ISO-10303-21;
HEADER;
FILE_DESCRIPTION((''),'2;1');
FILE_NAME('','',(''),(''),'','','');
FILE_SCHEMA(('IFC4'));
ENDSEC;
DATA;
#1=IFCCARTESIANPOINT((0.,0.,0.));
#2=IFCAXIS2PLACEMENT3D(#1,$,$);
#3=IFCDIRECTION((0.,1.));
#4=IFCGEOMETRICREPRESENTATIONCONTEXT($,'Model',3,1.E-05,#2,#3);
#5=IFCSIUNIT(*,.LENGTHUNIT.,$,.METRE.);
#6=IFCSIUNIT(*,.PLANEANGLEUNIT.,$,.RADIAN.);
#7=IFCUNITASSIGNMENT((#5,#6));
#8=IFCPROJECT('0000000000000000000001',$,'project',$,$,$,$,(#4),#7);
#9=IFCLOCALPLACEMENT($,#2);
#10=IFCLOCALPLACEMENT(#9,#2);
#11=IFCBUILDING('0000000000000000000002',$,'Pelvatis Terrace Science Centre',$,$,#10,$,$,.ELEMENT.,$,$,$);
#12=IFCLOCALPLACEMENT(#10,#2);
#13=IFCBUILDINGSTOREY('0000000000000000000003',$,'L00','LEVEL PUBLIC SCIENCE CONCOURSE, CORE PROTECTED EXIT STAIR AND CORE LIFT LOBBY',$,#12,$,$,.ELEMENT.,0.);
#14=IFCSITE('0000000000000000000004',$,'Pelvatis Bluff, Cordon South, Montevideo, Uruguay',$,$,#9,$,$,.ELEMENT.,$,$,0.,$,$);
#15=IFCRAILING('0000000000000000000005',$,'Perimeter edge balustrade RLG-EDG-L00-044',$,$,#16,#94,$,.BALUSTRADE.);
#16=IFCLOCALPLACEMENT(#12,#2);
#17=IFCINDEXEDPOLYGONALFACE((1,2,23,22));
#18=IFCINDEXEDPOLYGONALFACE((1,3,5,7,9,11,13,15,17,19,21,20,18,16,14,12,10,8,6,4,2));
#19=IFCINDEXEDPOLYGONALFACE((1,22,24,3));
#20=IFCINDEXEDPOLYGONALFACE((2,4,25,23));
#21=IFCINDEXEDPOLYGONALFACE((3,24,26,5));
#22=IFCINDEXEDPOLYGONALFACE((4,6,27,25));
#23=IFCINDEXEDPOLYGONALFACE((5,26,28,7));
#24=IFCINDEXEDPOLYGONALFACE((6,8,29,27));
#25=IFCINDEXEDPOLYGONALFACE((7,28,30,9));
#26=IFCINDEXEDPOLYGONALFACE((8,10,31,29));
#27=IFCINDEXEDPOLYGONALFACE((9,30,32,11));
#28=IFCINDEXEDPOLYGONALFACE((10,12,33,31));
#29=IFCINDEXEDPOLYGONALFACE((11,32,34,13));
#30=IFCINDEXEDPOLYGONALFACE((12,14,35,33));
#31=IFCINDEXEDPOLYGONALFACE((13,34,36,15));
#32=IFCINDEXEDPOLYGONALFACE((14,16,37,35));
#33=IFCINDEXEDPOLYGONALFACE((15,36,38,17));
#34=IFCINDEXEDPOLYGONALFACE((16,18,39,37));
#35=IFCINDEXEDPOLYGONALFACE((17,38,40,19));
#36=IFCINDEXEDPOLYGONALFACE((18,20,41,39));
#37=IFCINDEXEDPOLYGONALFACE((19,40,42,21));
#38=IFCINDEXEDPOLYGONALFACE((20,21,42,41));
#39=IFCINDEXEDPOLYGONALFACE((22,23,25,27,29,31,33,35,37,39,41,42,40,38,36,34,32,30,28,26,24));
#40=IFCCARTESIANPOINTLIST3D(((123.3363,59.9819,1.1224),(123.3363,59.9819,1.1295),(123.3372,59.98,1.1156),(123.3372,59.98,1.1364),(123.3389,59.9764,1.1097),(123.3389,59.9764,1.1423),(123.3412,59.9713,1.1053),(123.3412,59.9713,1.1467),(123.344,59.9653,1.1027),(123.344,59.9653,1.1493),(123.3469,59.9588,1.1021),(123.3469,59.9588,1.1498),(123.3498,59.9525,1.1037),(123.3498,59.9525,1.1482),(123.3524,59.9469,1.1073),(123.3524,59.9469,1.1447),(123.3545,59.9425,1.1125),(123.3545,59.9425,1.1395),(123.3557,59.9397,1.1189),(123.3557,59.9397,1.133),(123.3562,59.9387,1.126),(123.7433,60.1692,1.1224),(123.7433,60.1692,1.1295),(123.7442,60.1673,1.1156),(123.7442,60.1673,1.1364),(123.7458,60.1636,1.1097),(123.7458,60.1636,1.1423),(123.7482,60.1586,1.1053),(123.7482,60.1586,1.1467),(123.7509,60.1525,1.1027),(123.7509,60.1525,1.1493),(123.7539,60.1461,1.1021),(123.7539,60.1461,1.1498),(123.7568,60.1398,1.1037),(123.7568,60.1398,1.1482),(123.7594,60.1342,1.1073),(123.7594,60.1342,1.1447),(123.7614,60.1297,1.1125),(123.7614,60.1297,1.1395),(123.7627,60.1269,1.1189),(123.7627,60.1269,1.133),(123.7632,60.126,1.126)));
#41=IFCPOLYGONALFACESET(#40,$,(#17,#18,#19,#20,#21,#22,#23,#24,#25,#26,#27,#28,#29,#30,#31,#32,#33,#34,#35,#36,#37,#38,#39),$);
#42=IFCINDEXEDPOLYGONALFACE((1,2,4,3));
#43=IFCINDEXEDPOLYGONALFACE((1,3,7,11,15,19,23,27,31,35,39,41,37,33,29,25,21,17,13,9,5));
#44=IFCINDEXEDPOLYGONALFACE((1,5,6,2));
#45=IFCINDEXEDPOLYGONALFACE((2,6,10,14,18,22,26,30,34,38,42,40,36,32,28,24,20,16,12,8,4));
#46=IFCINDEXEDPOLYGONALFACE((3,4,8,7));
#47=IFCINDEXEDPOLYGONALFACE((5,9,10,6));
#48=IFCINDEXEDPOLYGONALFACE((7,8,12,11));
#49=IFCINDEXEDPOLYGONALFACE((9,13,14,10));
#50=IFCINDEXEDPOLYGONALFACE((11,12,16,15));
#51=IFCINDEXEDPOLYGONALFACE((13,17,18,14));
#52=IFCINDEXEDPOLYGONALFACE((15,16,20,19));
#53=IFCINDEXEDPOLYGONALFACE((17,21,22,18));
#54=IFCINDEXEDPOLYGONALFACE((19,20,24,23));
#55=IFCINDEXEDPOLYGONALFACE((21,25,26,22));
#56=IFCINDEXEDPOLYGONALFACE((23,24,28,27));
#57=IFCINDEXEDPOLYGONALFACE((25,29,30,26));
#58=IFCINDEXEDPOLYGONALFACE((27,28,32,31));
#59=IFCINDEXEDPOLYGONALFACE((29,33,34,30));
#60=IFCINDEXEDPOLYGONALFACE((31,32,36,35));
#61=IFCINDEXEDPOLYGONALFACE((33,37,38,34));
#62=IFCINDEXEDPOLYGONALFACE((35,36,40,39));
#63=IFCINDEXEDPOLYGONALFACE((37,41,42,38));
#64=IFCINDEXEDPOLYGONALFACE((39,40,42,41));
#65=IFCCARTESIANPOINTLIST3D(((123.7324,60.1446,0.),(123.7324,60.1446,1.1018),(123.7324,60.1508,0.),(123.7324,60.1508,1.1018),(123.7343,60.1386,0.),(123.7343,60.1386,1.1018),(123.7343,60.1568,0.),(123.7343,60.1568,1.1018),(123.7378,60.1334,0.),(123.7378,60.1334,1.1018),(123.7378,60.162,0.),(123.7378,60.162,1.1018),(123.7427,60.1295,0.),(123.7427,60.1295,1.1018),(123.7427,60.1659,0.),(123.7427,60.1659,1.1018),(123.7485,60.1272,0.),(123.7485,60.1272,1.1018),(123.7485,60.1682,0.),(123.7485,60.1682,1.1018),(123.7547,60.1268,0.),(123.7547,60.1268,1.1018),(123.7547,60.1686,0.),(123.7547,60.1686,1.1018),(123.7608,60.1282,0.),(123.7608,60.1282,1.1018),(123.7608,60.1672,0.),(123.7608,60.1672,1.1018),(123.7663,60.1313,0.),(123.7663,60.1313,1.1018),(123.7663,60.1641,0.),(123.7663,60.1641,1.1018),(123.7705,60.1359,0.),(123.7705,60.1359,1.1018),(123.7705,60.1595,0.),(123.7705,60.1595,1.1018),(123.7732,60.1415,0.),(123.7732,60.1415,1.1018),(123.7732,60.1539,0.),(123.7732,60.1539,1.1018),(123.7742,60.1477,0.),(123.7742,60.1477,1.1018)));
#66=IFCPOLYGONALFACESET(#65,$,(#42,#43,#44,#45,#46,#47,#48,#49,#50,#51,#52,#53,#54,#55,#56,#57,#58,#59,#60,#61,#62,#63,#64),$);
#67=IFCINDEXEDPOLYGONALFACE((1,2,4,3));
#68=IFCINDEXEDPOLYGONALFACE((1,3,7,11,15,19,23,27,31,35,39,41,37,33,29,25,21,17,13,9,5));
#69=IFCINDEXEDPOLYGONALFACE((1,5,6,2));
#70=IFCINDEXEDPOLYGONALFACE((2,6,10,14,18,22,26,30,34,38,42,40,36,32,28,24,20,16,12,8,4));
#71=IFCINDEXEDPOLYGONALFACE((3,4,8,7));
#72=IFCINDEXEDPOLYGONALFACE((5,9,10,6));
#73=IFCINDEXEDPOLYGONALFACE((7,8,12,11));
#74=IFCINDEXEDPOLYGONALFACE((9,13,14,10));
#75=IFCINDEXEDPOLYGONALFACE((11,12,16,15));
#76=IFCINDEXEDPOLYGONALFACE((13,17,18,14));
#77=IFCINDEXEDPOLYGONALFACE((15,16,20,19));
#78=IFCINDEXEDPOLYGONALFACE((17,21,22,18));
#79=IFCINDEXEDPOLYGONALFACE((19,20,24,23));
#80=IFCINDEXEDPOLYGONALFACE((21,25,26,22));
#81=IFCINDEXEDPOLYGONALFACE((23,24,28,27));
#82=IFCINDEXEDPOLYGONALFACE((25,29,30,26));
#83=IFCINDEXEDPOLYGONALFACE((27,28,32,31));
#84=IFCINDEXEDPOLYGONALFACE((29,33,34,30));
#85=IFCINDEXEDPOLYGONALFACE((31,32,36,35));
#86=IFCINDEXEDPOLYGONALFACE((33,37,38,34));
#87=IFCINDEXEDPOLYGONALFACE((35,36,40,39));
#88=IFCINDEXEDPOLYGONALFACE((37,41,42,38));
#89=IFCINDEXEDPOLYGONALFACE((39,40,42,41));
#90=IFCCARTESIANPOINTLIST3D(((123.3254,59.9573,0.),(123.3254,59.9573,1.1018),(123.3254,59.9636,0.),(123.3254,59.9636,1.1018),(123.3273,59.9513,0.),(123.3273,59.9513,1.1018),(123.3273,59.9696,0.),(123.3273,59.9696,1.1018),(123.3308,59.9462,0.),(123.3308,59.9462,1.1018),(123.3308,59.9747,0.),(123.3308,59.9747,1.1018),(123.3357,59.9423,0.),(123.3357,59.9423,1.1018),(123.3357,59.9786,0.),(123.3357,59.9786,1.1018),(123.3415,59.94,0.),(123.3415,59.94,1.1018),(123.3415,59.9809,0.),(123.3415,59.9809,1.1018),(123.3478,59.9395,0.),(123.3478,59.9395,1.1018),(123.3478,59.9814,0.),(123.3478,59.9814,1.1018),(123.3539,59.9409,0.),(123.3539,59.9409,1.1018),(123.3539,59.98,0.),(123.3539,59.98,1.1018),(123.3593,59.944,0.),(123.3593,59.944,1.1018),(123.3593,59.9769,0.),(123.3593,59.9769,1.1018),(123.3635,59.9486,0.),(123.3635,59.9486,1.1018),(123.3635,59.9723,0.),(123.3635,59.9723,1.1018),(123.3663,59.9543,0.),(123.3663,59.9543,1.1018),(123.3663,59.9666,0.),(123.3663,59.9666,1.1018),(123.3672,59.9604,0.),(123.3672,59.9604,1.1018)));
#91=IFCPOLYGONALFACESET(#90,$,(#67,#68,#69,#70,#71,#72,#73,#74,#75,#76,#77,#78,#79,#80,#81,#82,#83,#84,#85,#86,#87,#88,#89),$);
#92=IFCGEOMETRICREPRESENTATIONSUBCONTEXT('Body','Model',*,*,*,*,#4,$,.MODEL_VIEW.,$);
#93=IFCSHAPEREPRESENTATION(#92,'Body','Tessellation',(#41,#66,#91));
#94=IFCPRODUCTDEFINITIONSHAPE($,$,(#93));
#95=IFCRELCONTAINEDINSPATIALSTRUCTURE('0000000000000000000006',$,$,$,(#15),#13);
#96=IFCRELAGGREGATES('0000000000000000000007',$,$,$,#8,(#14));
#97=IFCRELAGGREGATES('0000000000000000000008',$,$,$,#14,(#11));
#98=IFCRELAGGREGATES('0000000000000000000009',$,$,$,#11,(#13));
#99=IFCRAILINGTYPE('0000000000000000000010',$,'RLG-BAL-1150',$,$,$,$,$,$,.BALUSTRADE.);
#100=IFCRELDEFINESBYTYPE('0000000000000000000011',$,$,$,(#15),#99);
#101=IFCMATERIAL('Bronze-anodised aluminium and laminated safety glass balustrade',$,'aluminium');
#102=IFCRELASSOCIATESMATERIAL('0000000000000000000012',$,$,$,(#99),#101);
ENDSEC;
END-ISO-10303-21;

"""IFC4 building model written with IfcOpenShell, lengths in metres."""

from ifc_helpers import new_model, si_unit, direction, frame, origin, origin_2d, place, context, subcontext, project, spatial, circle, extrude, material, type_object, element, save


model = new_model("IFC4")

# Units and contexts
model_context = context("Model", 3, precision=1e-05, world=origin(), true_north=direction((0.0, 1.0)))
body_context = subcontext(model_context, "Body", "Model", "MODEL_VIEW")
ifc_project = project(units=[si_unit("LENGTHUNIT", "METRE"), si_unit("PLANEANGLEUNIT", "RADIAN")], contexts=[model_context])

# Site, building, storey
site_placement = place(None, origin())
site = spatial("IfcSite", under=ifc_project, at=site_placement, Name="Pelvatis Bluff, Cordon South, Montevideo, Uruguay", CompositionType="ELEMENT", RefElevation=0.0)
building_placement = place(site_placement, origin())
building = spatial("IfcBuilding", under=site, at=building_placement, Name="Pelvatis Terrace Science Centre", CompositionType="ELEMENT")
storey_placement = place(building_placement, origin())
storey = spatial("IfcBuildingStorey", under=building, at=storey_placement, Name="L00", Description="LEVEL PUBLIC SCIENCE CONCOURSE, CORE PROTECTED EXIT STAIR AND CORE LIFT LOBBY", CompositionType="ELEMENT", Elevation=0.0)

# Railing
ifc_material_1 = material(Name="Bronze-anodised aluminium and laminated safety glass balustrade", Category="aluminium")
railing_type = type_object("IfcRailingType", Name="RLG-BAL-1150", PredefinedType="BALUSTRADE", material=ifc_material_1)
railing_1_placement = place(storey_placement, frame((123.7532, 60.1477, 0.0)))
element("IfcRailing", 1, at=railing_1_placement, inside=storey, type_object=railing_type, Name="Perimeter edge balustrade RLG-EDG-L00-044", PredefinedType="BALUSTRADE", context=body_context, shape_type="SweptSolid", body=[
    extrude(circle(Radius=0.0239, at=origin_2d()), frame((0.0, 0.0, 1.126), z_axis=(-0.908453, -0.417987, 0.0), x_axis=(0.417987, -0.908453, 0.0)), (0.0, 0.0, 1.0), 0.448),
    extrude(circle(Radius=0.021, at=origin_2d()), origin(), (0.0, 0.0, 1.0), 1.1018),
    extrude(circle(Radius=0.021, at=origin_2d()), frame((-0.407, -0.1873, 0.0)), (0.0, 0.0, 1.0), 1.1018),
])

save(model, "model.ifc")
